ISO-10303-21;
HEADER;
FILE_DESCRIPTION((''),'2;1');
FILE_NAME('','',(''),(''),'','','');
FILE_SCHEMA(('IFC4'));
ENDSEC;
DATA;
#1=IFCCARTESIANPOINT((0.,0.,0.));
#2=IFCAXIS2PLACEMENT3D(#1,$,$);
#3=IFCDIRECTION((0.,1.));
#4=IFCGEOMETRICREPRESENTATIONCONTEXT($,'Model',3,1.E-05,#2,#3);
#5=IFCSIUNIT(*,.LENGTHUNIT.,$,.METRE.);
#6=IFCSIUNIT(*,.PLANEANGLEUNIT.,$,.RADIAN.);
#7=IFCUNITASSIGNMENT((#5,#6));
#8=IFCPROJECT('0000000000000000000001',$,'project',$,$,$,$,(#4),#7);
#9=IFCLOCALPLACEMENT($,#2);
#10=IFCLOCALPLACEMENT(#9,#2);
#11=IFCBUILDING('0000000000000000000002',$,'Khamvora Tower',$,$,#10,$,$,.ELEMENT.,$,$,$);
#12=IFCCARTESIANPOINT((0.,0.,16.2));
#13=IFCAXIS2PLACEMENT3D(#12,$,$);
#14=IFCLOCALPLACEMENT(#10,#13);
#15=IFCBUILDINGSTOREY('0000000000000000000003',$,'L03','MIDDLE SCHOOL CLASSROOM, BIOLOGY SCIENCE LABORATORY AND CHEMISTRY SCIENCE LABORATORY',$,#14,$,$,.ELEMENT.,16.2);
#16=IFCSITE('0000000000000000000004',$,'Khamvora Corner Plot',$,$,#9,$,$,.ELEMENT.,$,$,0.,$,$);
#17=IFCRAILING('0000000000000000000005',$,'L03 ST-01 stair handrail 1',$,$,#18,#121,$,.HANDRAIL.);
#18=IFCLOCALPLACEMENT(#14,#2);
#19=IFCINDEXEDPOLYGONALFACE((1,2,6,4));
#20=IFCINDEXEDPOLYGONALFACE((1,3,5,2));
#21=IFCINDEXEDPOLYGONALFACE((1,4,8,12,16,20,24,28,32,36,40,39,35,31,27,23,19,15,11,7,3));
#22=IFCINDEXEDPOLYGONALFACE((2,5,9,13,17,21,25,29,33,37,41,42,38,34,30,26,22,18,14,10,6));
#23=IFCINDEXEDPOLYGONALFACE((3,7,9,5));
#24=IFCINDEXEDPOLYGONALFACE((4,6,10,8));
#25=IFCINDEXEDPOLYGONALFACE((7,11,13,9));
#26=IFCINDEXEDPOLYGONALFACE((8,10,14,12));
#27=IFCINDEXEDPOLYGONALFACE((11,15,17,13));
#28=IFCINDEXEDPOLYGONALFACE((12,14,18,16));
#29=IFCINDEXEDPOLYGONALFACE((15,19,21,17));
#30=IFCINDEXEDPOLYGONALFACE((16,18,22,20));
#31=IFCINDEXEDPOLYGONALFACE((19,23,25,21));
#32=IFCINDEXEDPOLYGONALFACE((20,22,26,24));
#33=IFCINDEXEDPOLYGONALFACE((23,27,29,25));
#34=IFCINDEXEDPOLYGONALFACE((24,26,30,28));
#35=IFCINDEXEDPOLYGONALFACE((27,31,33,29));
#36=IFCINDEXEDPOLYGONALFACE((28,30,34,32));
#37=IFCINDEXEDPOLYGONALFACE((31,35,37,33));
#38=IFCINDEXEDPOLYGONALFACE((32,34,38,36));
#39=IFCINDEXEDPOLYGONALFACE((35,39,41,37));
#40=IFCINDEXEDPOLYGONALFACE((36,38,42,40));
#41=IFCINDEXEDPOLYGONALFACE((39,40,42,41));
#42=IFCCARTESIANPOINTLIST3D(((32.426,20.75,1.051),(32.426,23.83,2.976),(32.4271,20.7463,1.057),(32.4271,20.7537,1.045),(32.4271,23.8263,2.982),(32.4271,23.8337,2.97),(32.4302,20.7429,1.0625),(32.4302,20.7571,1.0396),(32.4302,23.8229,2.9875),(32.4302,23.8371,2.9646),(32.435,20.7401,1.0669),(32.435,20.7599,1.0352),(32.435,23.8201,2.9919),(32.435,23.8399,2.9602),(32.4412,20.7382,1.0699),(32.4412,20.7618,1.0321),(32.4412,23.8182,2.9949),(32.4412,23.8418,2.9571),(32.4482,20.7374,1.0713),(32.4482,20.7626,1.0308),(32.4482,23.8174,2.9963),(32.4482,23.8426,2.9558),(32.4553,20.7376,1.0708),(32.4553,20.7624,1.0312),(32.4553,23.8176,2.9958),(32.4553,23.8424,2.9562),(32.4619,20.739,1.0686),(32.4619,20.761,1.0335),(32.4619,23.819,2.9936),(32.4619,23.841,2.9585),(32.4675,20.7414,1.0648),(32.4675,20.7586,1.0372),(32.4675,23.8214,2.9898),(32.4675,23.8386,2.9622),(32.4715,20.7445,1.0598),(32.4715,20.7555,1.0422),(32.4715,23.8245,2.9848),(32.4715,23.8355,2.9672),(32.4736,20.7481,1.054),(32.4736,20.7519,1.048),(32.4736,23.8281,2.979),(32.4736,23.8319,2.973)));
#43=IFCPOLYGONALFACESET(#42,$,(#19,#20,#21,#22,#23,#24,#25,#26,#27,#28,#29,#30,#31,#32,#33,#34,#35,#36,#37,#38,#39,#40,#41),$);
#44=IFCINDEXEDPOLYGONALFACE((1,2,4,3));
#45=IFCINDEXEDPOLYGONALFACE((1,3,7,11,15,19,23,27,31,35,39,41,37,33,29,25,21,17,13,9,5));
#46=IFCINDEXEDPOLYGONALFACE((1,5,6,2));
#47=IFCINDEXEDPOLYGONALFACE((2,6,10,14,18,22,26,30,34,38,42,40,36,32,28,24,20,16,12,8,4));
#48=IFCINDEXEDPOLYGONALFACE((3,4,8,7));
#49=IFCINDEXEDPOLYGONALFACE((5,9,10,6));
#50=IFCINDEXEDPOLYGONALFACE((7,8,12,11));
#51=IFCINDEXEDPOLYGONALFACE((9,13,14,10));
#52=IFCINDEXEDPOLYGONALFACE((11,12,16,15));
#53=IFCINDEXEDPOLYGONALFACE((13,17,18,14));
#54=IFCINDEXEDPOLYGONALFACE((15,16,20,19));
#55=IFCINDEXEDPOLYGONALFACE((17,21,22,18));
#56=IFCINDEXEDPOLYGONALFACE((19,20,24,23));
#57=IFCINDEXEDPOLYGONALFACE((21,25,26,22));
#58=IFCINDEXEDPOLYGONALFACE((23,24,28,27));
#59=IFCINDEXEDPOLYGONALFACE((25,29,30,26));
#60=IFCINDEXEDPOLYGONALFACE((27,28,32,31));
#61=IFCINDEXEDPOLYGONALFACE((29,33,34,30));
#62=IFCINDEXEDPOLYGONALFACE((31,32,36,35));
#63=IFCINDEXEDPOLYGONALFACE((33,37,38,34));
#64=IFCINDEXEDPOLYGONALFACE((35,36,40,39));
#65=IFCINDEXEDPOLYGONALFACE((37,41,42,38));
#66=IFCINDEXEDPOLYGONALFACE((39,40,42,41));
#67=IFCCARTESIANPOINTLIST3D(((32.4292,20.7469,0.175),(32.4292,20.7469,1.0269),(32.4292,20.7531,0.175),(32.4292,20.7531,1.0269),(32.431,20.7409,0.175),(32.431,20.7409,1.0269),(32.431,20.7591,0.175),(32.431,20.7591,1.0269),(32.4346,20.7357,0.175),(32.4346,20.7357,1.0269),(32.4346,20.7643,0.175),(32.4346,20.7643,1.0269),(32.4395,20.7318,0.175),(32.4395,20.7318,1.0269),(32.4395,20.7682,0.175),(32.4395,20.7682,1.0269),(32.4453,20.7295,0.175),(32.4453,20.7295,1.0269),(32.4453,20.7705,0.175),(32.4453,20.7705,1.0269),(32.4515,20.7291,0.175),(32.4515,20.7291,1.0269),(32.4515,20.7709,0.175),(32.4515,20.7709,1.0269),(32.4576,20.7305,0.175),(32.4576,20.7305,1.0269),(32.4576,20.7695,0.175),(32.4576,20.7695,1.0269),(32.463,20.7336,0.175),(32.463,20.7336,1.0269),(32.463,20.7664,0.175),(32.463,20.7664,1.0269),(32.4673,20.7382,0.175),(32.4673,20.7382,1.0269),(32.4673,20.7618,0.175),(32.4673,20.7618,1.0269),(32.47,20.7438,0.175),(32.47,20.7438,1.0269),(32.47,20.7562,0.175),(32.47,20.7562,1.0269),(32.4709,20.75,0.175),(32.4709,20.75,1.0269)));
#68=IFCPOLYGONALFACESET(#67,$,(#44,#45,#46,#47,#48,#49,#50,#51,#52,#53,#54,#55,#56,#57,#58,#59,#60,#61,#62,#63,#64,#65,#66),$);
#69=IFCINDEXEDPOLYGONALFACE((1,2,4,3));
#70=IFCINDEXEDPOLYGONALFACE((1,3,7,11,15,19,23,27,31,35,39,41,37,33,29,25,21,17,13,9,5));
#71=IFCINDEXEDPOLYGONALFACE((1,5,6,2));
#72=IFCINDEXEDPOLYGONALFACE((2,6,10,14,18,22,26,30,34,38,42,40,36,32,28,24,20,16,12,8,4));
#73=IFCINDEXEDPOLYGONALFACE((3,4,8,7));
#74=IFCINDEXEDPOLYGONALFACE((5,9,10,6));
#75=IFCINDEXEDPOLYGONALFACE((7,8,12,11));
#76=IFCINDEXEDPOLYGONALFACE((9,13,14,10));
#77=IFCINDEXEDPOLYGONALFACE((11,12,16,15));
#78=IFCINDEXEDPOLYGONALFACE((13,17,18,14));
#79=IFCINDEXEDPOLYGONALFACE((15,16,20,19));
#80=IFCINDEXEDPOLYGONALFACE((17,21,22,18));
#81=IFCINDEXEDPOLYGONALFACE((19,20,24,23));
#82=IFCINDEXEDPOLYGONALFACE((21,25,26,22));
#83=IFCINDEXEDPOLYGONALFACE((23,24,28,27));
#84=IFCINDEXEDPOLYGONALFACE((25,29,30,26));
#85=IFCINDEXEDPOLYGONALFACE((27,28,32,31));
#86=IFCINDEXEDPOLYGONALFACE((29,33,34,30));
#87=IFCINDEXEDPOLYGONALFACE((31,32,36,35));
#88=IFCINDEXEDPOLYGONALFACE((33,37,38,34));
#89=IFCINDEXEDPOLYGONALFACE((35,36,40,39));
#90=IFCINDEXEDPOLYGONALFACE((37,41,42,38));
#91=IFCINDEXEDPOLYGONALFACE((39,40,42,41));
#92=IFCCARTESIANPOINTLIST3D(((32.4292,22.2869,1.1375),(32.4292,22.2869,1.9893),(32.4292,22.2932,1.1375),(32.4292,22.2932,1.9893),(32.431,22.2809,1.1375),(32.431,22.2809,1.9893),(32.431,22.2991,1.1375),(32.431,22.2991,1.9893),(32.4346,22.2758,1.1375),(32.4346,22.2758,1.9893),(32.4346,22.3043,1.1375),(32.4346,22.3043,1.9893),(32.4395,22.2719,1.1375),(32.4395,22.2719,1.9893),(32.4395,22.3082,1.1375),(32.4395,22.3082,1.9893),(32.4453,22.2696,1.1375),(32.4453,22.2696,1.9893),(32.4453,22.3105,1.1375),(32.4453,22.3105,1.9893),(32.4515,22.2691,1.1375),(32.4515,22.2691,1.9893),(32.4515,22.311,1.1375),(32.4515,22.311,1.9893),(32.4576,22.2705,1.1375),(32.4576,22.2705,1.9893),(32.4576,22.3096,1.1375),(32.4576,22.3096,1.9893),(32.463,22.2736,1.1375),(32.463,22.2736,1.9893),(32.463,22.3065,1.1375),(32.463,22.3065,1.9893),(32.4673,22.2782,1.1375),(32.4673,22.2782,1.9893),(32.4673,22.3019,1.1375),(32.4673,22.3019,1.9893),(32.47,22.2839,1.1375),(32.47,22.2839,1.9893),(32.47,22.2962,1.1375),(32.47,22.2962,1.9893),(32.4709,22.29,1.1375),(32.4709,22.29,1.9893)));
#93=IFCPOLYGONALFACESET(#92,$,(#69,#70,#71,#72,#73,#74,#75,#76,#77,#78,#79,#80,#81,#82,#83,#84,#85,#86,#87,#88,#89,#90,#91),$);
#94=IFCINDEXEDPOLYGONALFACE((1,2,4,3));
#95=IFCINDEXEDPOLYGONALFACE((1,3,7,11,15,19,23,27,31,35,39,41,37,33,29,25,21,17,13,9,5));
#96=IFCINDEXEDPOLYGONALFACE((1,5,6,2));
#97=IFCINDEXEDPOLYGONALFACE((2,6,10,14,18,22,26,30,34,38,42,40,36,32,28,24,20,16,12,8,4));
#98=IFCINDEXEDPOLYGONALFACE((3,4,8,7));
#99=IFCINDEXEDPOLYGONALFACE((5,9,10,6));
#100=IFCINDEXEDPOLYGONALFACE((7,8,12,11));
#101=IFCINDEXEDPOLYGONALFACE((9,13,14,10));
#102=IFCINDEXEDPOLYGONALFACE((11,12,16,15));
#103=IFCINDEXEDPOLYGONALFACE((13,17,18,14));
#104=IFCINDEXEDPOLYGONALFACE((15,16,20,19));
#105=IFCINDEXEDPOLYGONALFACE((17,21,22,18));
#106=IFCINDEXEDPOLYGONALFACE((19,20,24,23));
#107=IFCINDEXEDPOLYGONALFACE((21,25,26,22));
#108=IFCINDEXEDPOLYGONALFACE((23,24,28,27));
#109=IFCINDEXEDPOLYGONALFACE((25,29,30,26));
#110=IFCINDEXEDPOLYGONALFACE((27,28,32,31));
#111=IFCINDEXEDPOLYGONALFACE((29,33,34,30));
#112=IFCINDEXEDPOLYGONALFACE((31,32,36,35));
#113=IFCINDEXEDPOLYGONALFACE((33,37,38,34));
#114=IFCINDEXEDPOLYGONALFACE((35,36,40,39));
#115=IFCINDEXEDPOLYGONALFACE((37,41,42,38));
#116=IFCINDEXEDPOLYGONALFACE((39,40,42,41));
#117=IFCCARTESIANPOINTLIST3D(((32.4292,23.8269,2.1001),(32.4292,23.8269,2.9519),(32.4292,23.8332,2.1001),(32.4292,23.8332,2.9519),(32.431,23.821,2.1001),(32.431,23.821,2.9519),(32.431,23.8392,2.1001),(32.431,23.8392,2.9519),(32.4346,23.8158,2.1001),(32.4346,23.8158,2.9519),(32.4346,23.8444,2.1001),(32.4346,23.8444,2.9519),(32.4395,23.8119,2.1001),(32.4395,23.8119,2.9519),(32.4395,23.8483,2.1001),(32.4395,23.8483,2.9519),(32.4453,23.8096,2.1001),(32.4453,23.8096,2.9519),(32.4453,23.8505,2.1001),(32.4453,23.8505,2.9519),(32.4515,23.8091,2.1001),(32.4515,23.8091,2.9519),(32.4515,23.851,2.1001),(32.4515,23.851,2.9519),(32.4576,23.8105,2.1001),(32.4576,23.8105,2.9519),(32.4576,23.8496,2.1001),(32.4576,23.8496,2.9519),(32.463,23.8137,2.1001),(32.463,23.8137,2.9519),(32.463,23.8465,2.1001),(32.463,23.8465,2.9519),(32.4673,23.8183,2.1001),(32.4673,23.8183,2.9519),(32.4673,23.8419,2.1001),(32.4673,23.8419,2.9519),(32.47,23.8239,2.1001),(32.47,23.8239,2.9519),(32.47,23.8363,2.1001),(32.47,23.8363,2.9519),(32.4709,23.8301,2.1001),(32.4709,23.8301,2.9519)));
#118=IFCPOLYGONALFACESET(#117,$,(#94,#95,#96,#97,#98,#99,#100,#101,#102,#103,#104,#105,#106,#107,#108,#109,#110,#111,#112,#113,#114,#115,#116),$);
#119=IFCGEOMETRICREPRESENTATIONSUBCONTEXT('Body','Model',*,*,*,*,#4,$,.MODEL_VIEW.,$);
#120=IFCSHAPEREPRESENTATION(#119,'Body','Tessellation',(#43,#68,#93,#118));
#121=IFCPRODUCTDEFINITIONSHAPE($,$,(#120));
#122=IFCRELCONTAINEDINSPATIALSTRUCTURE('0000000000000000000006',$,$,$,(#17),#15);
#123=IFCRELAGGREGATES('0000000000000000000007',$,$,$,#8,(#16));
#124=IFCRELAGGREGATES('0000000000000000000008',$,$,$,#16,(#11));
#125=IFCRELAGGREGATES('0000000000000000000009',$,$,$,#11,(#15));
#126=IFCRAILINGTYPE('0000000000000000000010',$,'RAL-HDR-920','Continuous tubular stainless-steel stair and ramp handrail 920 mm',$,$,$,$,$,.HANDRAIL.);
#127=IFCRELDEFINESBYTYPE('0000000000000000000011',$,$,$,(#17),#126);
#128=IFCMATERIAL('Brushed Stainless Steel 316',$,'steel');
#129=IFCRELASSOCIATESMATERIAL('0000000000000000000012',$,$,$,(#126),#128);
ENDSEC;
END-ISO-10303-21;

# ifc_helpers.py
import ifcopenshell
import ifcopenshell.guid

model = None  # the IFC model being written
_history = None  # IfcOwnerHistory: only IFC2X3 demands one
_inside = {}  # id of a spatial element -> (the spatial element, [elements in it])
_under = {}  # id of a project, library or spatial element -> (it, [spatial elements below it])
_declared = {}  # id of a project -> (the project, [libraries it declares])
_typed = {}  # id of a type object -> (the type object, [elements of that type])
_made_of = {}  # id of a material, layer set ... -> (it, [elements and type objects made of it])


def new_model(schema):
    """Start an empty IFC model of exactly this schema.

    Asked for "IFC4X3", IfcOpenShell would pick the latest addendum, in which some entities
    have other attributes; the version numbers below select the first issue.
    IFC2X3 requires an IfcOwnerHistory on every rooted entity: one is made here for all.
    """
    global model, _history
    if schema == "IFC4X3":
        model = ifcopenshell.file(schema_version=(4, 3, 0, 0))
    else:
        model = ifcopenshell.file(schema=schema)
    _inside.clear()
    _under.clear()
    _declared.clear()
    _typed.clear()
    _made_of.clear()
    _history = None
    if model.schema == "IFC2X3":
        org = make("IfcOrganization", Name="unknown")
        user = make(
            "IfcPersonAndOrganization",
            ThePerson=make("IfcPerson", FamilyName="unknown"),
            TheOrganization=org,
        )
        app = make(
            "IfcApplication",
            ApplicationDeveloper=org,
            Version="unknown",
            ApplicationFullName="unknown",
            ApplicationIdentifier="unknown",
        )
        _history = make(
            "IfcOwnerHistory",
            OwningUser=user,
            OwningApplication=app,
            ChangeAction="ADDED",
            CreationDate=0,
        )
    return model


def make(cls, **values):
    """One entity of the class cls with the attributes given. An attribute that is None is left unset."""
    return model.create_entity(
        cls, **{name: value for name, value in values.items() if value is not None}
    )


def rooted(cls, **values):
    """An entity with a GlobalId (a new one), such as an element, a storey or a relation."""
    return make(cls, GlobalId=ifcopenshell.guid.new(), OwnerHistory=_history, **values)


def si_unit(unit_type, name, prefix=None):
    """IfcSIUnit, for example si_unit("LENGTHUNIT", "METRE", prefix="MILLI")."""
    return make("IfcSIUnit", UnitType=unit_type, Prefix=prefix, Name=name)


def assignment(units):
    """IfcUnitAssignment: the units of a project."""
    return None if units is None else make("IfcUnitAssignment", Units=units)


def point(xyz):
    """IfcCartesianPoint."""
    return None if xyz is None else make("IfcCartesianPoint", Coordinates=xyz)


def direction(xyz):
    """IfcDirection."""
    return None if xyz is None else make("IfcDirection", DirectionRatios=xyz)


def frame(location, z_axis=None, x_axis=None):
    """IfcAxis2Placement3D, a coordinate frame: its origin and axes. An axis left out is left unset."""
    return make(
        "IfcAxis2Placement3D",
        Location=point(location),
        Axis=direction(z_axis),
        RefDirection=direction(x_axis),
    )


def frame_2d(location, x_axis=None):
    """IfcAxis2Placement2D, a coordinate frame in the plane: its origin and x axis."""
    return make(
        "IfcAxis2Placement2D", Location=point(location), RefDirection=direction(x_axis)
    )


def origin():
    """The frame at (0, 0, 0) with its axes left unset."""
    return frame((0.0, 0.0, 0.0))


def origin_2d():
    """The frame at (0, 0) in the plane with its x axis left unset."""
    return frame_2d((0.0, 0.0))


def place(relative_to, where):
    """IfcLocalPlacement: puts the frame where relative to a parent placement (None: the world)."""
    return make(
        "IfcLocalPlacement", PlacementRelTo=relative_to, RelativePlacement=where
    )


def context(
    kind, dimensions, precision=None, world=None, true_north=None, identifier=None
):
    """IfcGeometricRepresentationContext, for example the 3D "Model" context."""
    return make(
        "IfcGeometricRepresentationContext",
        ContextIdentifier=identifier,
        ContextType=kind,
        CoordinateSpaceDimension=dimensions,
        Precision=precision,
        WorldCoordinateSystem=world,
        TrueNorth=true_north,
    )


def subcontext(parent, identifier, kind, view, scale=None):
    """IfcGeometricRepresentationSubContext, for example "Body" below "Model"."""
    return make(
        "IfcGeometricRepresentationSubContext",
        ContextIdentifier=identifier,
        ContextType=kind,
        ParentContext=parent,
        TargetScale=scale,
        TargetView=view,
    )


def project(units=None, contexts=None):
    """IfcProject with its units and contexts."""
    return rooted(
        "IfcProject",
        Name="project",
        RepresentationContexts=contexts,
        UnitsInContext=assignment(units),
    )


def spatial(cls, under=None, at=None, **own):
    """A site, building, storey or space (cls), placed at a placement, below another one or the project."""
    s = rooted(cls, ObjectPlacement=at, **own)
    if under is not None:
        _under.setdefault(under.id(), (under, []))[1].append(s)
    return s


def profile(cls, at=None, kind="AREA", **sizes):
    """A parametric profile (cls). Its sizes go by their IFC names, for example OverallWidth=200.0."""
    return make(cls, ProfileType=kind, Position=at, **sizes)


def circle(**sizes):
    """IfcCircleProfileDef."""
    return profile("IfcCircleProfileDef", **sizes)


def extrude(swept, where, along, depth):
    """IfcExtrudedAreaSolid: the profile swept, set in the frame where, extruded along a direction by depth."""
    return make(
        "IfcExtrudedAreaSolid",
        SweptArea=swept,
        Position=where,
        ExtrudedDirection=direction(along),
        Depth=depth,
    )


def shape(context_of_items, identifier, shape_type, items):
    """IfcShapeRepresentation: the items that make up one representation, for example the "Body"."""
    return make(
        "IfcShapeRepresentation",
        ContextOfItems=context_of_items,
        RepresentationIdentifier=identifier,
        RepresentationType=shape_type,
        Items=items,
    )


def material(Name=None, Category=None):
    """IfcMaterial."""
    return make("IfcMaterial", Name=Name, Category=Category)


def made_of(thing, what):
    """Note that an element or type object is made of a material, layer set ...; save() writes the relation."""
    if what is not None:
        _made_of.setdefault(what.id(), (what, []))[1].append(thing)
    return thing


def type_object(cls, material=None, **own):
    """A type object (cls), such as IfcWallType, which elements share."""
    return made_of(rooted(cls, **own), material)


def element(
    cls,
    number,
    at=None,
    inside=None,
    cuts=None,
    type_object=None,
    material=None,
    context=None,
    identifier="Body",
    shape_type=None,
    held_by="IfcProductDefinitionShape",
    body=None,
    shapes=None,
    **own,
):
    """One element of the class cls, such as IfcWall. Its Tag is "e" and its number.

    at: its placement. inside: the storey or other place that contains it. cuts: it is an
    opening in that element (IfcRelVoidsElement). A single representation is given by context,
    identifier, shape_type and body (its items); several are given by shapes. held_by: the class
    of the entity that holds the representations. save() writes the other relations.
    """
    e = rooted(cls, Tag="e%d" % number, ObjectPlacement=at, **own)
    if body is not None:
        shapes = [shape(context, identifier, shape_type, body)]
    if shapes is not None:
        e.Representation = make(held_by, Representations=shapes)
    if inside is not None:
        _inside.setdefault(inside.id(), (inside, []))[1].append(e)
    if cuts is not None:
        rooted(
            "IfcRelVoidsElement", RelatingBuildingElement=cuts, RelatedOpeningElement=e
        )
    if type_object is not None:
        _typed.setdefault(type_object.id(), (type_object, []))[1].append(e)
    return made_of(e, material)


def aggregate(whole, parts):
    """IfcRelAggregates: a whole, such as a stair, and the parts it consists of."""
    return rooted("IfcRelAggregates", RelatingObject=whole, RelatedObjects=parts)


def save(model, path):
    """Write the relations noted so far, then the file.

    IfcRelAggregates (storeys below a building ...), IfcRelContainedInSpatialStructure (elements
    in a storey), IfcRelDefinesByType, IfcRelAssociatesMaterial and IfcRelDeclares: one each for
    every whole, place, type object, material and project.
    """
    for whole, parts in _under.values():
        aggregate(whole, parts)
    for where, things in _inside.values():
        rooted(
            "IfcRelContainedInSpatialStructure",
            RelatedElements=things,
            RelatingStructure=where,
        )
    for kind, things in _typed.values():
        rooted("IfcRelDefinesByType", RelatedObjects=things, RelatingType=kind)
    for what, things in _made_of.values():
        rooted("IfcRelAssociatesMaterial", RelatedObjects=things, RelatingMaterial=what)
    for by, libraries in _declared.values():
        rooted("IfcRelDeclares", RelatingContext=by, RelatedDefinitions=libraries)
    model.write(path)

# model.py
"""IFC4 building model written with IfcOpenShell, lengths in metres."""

from ifc_helpers import new_model, si_unit, direction, frame, origin, origin_2d, place, context, subcontext, project, spatial, circle, extrude, material, type_object, element, save


model = new_model("IFC4")

# Units and contexts
model_context = context("Model", 3, precision=1e-05, world=origin(), true_north=direction((0.0, 1.0)))
body_context = subcontext(model_context, "Body", "Model", "MODEL_VIEW")
ifc_project = project(units=[si_unit("LENGTHUNIT", "METRE"), si_unit("PLANEANGLEUNIT", "RADIAN")], contexts=[model_context])

# Site, building, storey
site_placement = place(None, origin())
site = spatial("IfcSite", under=ifc_project, at=site_placement, Name="Khamvora Corner Plot", CompositionType="ELEMENT", RefElevation=0.0)
building_placement = place(site_placement, origin())
building = spatial("IfcBuilding", under=site, at=building_placement, Name="Khamvora Tower", CompositionType="ELEMENT")
storey_placement = place(building_placement, frame((0.0, 0.0, 16.2)))
storey = spatial("IfcBuildingStorey", under=building, at=storey_placement, Name="L03", Description="MIDDLE SCHOOL CLASSROOM, BIOLOGY SCIENCE LABORATORY AND CHEMISTRY SCIENCE LABORATORY", CompositionType="ELEMENT", Elevation=16.2)

# Railing
ifc_material_1 = material(Name="Brushed Stainless Steel 316", Category="steel")
railing_type_1 = type_object("IfcRailingType", Name="RAL-HDR-920", Description="Continuous tubular stainless-steel stair and ramp handrail 920 mm", PredefinedType="HANDRAIL", material=ifc_material_1)
railing_1_placement = place(storey_placement, frame((32.45, 20.75, 0.175)))
element("IfcRailing", 1, at=railing_1_placement, inside=storey, type_object=railing_type_1, Name="L03 ST-01 stair handrail 1", PredefinedType="HANDRAIL", context=body_context, shape_type="SweptSolid", body=[
    extrude(circle(Radius=0.0239, at=origin_2d()), frame((0.0, 0.0, 0.876), z_axis=(0.0, 0.847998, 0.529999), x_axis=(-1.0, 0.0, 0.0)), (0.0, 0.0, 1.0), 3.6321),
    extrude(circle(Radius=0.021, at=origin_2d()), origin(), (0.0, 0.0, 1.0), 0.8518),
    extrude(circle(Radius=0.021, at=origin_2d()), frame((0.0, 1.54, 0.9624)), (0.0, 0.0, 1.0), 0.8518),
    extrude(circle(Radius=0.021, at=origin_2d()), frame((0.0, 3.0801, 1.925)), (0.0, 0.0, 1.0), 0.8518),
])

save(model, "model.ifc")
